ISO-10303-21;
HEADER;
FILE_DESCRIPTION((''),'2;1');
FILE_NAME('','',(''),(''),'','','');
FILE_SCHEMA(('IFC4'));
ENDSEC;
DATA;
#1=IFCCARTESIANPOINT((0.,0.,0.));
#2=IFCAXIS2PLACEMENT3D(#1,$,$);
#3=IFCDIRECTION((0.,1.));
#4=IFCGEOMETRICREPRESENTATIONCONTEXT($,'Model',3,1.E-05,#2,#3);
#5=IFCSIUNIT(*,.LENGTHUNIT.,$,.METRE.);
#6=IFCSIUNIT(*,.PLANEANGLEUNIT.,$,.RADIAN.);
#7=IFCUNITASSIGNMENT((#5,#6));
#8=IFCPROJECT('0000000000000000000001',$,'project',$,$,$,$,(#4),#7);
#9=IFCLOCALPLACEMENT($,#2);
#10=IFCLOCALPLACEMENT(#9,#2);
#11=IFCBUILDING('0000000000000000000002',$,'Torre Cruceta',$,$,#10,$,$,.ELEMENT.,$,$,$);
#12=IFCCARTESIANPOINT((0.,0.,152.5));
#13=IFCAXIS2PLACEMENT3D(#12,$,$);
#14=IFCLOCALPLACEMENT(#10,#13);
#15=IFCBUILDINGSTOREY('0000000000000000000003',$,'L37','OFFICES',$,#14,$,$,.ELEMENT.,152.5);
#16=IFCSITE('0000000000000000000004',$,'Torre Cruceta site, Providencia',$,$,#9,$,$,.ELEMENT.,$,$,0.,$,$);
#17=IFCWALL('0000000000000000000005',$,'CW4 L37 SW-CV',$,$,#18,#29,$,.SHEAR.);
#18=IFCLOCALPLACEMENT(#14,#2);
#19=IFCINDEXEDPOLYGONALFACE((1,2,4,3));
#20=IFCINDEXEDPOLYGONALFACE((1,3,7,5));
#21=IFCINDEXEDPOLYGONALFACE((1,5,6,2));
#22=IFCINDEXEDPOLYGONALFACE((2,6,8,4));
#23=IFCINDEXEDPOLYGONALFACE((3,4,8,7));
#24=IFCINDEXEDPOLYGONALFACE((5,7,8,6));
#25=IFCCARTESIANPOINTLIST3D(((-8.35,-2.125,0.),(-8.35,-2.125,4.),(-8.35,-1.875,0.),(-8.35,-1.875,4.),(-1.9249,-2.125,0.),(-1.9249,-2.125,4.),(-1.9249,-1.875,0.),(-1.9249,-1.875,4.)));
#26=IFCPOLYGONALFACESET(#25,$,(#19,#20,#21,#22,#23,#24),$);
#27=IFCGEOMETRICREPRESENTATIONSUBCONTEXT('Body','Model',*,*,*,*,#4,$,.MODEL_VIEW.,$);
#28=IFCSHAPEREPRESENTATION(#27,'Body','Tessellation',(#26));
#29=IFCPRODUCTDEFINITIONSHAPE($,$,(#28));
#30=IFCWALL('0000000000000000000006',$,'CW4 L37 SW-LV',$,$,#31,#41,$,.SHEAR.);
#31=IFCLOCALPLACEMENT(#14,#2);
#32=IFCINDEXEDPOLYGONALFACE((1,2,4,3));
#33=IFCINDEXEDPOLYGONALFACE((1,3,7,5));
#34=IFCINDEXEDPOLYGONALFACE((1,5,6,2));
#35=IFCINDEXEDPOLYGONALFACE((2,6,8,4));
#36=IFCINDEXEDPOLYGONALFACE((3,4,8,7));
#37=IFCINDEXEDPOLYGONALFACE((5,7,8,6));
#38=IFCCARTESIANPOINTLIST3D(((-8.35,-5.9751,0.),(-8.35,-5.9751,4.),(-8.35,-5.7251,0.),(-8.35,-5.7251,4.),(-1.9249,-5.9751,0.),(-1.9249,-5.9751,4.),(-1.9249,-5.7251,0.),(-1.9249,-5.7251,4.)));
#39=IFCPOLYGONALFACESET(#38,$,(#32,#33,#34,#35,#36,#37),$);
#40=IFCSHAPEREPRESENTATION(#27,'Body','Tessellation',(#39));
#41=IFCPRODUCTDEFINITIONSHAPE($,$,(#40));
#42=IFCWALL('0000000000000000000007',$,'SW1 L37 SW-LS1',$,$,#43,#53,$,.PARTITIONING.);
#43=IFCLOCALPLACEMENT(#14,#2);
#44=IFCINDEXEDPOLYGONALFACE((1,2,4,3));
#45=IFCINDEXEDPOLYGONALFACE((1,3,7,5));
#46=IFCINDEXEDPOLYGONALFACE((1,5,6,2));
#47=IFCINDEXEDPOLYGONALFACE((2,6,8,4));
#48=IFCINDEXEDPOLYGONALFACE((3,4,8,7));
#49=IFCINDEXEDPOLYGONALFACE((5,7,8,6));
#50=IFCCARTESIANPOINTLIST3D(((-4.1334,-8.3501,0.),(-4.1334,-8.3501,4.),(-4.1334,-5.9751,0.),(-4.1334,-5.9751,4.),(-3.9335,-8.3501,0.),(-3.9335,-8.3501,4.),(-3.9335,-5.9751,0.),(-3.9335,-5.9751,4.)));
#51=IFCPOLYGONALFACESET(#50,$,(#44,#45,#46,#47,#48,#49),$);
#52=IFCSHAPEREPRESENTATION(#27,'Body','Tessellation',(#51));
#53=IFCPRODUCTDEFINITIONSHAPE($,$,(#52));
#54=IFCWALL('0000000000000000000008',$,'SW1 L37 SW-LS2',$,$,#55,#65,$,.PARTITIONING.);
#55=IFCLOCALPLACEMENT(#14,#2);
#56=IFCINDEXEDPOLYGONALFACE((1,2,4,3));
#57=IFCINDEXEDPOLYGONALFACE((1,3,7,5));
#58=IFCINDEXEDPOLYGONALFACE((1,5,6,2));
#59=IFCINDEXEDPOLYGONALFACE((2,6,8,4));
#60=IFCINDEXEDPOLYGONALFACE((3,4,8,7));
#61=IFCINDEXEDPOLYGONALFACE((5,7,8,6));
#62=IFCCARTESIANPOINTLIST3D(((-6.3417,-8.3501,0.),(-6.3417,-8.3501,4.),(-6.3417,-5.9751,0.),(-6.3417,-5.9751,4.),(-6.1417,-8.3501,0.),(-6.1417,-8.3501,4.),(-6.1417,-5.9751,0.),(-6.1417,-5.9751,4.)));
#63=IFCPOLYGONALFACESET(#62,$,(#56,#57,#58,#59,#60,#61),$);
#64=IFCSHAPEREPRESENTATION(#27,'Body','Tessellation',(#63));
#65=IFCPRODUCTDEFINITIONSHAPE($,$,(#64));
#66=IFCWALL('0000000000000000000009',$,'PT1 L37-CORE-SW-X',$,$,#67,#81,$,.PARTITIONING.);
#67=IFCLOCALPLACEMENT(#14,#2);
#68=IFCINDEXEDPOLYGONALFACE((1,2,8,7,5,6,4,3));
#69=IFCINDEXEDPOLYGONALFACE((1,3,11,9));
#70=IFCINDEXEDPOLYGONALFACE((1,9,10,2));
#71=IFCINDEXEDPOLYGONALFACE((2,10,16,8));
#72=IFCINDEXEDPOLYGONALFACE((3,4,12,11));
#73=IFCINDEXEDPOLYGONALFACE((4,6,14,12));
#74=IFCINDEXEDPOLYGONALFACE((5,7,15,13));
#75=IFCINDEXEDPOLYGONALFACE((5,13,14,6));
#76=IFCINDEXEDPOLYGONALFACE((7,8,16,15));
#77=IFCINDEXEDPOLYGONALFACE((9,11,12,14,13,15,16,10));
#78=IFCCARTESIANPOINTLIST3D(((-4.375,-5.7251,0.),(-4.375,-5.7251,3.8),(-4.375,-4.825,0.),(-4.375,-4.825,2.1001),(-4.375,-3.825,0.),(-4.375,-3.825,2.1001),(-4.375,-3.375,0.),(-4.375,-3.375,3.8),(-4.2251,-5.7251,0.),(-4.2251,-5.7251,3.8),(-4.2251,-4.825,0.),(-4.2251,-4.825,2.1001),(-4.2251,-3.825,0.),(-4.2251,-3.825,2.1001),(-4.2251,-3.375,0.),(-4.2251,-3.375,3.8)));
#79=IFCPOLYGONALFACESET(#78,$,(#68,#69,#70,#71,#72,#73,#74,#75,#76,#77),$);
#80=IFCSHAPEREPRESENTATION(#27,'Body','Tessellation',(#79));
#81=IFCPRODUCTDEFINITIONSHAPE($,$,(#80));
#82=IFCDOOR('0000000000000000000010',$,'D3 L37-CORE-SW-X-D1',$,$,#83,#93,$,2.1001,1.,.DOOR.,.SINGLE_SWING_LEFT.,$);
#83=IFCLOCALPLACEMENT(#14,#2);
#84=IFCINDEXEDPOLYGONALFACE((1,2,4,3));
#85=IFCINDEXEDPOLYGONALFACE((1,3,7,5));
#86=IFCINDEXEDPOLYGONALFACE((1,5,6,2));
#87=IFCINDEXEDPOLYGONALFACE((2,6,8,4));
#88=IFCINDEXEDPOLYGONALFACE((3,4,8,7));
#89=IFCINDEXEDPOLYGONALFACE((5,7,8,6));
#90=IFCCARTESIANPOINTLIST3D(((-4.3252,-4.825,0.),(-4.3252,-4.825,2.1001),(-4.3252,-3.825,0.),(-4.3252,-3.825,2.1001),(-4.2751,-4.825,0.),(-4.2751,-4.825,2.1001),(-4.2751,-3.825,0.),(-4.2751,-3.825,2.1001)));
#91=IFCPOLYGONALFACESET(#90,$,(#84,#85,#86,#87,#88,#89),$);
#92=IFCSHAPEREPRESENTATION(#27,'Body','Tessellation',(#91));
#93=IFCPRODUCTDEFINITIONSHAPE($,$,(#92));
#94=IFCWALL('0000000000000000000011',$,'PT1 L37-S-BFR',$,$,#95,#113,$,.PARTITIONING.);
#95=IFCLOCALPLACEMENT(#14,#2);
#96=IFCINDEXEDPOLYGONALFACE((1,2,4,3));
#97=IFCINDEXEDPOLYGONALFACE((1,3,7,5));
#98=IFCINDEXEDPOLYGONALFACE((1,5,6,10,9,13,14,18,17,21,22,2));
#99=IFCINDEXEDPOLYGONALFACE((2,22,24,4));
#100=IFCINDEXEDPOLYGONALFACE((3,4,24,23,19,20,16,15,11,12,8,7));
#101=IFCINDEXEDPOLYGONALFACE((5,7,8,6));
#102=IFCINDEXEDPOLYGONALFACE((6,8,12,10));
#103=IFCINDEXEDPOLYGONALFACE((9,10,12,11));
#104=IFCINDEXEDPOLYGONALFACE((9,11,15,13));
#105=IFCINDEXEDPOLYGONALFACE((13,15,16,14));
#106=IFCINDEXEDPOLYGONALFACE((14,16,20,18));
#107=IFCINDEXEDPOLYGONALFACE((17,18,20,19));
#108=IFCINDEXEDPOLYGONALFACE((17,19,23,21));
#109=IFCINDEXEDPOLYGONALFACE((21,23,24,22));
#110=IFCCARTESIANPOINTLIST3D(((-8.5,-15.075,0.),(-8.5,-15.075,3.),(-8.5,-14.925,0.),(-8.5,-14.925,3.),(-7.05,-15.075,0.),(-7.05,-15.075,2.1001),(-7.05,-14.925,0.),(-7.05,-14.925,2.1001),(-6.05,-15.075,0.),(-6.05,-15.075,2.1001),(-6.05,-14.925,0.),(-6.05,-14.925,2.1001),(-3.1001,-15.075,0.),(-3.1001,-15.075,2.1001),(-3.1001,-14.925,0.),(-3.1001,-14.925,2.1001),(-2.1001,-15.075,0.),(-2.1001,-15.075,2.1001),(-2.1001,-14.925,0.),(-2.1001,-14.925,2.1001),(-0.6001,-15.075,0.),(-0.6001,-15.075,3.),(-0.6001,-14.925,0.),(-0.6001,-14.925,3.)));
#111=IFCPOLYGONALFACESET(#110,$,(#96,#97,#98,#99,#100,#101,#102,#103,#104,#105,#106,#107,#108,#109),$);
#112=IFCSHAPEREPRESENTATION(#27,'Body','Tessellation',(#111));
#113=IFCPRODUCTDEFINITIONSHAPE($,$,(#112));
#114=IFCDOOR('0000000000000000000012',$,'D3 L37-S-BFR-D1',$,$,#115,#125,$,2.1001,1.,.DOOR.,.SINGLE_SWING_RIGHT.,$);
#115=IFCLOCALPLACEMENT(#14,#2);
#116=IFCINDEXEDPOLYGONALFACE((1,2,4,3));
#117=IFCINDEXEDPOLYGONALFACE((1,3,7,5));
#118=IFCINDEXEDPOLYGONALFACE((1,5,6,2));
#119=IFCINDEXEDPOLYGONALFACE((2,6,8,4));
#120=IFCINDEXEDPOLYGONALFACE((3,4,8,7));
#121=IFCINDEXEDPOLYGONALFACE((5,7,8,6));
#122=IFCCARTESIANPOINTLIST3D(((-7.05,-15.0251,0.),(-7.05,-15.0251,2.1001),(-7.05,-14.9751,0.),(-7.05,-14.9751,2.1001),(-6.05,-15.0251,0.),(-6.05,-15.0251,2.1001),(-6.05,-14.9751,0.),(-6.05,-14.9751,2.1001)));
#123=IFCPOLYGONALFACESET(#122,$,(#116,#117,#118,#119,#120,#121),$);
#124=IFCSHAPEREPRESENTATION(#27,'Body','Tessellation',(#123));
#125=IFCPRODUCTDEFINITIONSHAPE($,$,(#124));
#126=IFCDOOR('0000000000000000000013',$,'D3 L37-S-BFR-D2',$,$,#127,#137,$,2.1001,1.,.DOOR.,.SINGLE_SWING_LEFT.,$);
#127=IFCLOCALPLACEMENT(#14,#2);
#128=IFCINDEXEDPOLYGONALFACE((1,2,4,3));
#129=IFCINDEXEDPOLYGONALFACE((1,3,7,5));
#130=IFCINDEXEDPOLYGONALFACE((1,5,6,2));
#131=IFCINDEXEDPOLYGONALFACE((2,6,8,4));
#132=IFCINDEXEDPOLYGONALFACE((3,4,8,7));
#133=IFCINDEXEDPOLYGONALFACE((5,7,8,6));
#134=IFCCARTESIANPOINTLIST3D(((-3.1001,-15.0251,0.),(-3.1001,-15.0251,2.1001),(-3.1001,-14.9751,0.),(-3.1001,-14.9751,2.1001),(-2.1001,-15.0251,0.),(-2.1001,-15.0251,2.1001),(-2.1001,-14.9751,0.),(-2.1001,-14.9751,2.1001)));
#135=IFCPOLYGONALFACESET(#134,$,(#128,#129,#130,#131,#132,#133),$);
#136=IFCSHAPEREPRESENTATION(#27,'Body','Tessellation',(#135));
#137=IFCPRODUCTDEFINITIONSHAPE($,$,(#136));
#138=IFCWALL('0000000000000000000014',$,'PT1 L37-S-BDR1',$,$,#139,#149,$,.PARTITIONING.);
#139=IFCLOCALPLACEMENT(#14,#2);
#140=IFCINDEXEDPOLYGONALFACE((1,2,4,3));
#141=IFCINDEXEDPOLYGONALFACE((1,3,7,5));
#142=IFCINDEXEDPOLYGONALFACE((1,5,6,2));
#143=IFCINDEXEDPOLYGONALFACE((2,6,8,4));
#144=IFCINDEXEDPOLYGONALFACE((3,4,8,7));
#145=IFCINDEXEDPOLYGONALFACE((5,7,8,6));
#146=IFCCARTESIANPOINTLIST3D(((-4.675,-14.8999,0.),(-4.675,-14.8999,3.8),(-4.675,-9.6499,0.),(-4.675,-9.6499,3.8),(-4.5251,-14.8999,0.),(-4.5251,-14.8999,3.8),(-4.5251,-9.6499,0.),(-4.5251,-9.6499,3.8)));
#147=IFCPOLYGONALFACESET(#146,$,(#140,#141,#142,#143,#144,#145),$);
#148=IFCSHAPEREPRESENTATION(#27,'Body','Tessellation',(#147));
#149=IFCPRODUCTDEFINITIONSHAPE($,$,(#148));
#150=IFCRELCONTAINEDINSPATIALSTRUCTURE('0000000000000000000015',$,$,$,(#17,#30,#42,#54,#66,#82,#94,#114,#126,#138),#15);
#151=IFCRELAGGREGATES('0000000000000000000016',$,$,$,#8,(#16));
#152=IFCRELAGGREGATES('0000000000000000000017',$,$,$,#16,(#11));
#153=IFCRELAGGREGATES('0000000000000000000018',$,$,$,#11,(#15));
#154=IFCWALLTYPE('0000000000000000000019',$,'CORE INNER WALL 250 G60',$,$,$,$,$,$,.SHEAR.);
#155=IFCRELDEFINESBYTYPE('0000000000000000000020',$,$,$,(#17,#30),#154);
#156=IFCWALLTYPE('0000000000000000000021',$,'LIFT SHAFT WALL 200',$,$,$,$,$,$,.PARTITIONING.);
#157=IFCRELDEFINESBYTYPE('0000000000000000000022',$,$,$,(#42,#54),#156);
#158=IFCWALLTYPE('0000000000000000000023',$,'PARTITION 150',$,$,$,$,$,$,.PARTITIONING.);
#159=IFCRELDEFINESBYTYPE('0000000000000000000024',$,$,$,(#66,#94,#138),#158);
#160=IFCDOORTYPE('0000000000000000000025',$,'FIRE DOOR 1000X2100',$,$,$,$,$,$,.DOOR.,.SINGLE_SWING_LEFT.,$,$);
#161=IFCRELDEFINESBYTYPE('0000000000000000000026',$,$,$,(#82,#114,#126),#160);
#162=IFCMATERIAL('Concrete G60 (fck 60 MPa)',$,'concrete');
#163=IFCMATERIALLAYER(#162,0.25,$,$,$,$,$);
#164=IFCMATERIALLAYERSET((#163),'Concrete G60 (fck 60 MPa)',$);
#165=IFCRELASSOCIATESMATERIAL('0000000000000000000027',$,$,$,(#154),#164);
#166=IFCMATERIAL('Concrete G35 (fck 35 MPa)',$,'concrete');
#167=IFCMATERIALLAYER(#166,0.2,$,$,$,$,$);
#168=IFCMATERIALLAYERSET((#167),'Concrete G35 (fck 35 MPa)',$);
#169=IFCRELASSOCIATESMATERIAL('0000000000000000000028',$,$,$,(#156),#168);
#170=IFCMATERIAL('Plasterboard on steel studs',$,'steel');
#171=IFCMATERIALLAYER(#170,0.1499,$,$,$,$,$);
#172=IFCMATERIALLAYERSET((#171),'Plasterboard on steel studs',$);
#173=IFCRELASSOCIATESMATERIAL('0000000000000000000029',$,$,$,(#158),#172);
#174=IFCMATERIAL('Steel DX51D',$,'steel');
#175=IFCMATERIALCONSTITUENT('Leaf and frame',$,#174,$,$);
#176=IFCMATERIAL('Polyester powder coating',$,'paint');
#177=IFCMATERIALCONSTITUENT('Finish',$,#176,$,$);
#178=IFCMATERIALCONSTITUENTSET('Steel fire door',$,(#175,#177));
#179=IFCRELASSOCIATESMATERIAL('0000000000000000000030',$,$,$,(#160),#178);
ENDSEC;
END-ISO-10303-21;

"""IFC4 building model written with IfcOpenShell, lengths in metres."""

from ifc_helpers import new_model, si_unit, direction, frame, frame_2d, origin, place, context, subcontext, project, spatial, rectangle, extrude, material, layer, layer_set, constituent, constituent_set, type_object, element, fill, save


model = new_model("IFC4")

# Units and contexts
model_context = context("Model", 3, precision=1e-05, world=origin(), true_north=direction((0.0, 1.0)))
body_context = subcontext(model_context, "Body", "Model", "MODEL_VIEW")
ifc_project = project(units=[si_unit("LENGTHUNIT", "METRE"), si_unit("PLANEANGLEUNIT", "RADIAN")], contexts=[model_context])

# Site, building, storey
site_placement = place(None, origin())
site = spatial("IfcSite", under=ifc_project, at=site_placement, Name="Torre Cruceta site, Providencia", CompositionType="ELEMENT", RefElevation=0.0)
building_placement = place(site_placement, origin())
building = spatial("IfcBuilding", under=site, at=building_placement, Name="Torre Cruceta", CompositionType="ELEMENT")
storey_placement = place(building_placement, frame((0.0, 0.0, 152.5)))
storey = spatial("IfcBuildingStorey", under=building, at=storey_placement, Name="L37", Description="OFFICES", CompositionType="ELEMENT", Elevation=152.5)

# Walls
ifc_material_1 = material(Name="Concrete G60 (fck 60 MPa)", Category="concrete")
ifc_layer_1 = layer(ifc_material_1, 0.25)
ifc_layer_set_1 = layer_set([ifc_layer_1], Name="Concrete G60 (fck 60 MPa)")
wall_type_1 = type_object("IfcWallType", Name="CORE INNER WALL 250 G60", PredefinedType="SHEAR", material=ifc_layer_set_1)
for number, where, z_axis, x_axis, name in (
    (1, (-1.925, -2.0, 0.0), (0.0, 0.0, 1.0), (-1.0, 0.0, 0.0), "CW4 L37 SW-CV"),
    (2, (-1.925, -5.8501, 0.0), (0.0, 0.0, 1.0), (-1.0, 0.0, 0.0), "CW4 L37 SW-LV"),
):
    element("IfcWall", number, at=place(storey_placement, frame(where, z_axis=z_axis, x_axis=x_axis)), inside=storey, type_object=wall_type_1, Name=name, PredefinedType="SHEAR", context=body_context, shape_type="SweptSolid", body=[
        extrude(rectangle(XDim=6.425, YDim=0.25, at=frame_2d((3.2124, 0.0))), origin(), (0.0, 0.0, 1.0), 4.0),
    ])

# Walls
ifc_material_2 = material(Name="Concrete G35 (fck 35 MPa)", Category="concrete")
ifc_layer_2 = layer(ifc_material_2, 0.2)
ifc_layer_set_2 = layer_set([ifc_layer_2], Name="Concrete G35 (fck 35 MPa)")
wall_type_2 = type_object("IfcWallType", Name="LIFT SHAFT WALL 200", PredefinedType="PARTITIONING", material=ifc_layer_set_2)
for number, where, z_axis, x_axis, name in (
    (3, (-4.0334, -5.9751, 0.0), (0.0, 0.0, 1.0), (0.0, -1.0, 0.0), "SW1 L37 SW-LS1"),
    (4, (-6.2417, -5.9751, 0.0), (0.0, 0.0, 1.0), (0.0, -1.0, 0.0), "SW1 L37 SW-LS2"),
):
    element("IfcWall", number, at=place(storey_placement, frame(where, z_axis=z_axis, x_axis=x_axis)), inside=storey, type_object=wall_type_2, Name=name, PredefinedType="PARTITIONING", context=body_context, shape_type="SweptSolid", body=[
        extrude(rectangle(XDim=2.375, YDim=0.2, at=frame_2d((1.1875, 0.0))), origin(), (0.0, 0.0, 1.0), 4.0),
    ])

# Wall, opening, door
ifc_material_3 = material(Name="Plasterboard on steel studs", Category="steel")
ifc_layer_3 = layer(ifc_material_3, 0.1499)
ifc_layer_set_3 = layer_set([ifc_layer_3], Name="Plasterboard on steel studs")
wall_type_3 = type_object("IfcWallType", Name="PARTITION 150", PredefinedType="PARTITIONING", material=ifc_layer_set_3)
wall_1_placement = place(storey_placement, frame((-4.3, -3.375, 0.0), z_axis=(0.0, 0.0, 1.0), x_axis=(0.0, -1.0, 0.0)))
wall_1 = element("IfcWall", 5, at=wall_1_placement, inside=storey, type_object=wall_type_3, Name="PT1 L37-CORE-SW-X", PredefinedType="PARTITIONING", context=body_context, shape_type="SweptSolid", body=[
    extrude(rectangle(XDim=2.3501, YDim=0.1499, at=frame_2d((1.175, 0.0))), origin(), (0.0, 0.0, 1.0), 3.8),
])
opening_1_placement = place(wall_1_placement, frame((0.45, 0.0, 0.0)))
opening_1 = element("IfcOpeningElement", 6, at=opening_1_placement, cuts=wall_1, PredefinedType="OPENING", context=body_context, shape_type="SweptSolid", body=[
    extrude(rectangle(XDim=1.0, YDim=2.1001, at=frame_2d((0.5, 1.05))), frame((0.0, 0.085, 0.0), z_axis=(0.0, -1.0, 0.0), x_axis=(1.0, 0.0, 0.0)), (0.0, 0.0, 1.0), 0.1699),
])
ifc_material_4 = material(Name="Steel DX51D", Category="steel")
ifc_constituent_1 = constituent(ifc_material_4, Name="Leaf and frame")
ifc_material_5 = material(Name="Polyester powder coating", Category="paint")
ifc_constituent_2 = constituent(ifc_material_5, Name="Finish")
ifc_constituent_set_1 = constituent_set(constituents=[ifc_constituent_1, ifc_constituent_2], Name="Steel fire door")
door_type_1 = type_object("IfcDoorType", Name="FIRE DOOR 1000X2100", OperationType="SINGLE_SWING_LEFT", PredefinedType="DOOR", material=ifc_constituent_set_1)
door_1_placement = place(opening_1_placement, origin())
door_1 = element("IfcDoor", 7, at=door_1_placement, inside=storey, type_object=door_type_1, Name="D3 L37-CORE-SW-X-D1", OperationType="SINGLE_SWING_LEFT", OverallHeight=2.1001, OverallWidth=1.0, PredefinedType="DOOR", context=body_context, shape_type="SweptSolid", body=[
    extrude(rectangle(XDim=1.0, YDim=2.1001, at=frame_2d((0.5, 1.05))), frame((0.0, 0.0249, 0.0), z_axis=(0.0, -1.0, 0.0), x_axis=(1.0, 0.0, 0.0)), (0.0, 0.0, 1.0), 0.05),
])
fill(opening_1, door_1)

# Wall, openings, doors
wall_2_placement = place(storey_placement, frame((-8.5, -15.0, 0.0), z_axis=(0.0, 0.0, 1.0), x_axis=(1.0, 0.0, 0.0)))
wall_2 = element("IfcWall", 8, at=wall_2_placement, inside=storey, type_object=wall_type_3, Name="PT1 L37-S-BFR", PredefinedType="PARTITIONING", context=body_context, shape_type="SweptSolid", body=[
    extrude(rectangle(XDim=7.8999, YDim=0.1499, at=frame_2d((3.95, 0.0))), origin(), (0.0, 0.0, 1.0), 3.0),
])
opening_2_placement = place(wall_2_placement, frame((1.45, 0.0, 0.0)))
opening_2 = element("IfcOpeningElement", 9, at=opening_2_placement, cuts=wall_2, PredefinedType="OPENING", context=body_context, shape_type="SweptSolid", body=[
    extrude(rectangle(XDim=1.0, YDim=2.1001, at=frame_2d((0.5, 1.05))), frame((0.0, 0.085, 0.0), z_axis=(0.0, -1.0, 0.0), x_axis=(1.0, 0.0, 0.0)), (0.0, 0.0, 1.0), 0.1699),
])
opening_3_placement = place(wall_2_placement, frame((5.3999, 0.0, 0.0)))
opening_3 = element("IfcOpeningElement", 10, at=opening_3_placement, cuts=wall_2, PredefinedType="OPENING", context=body_context, shape_type="SweptSolid", body=[
    extrude(rectangle(XDim=1.0, YDim=2.1001, at=frame_2d((0.5, 1.05))), frame((0.0, 0.085, 0.0), z_axis=(0.0, -1.0, 0.0), x_axis=(1.0, 0.0, 0.0)), (0.0, 0.0, 1.0), 0.1699),
])
door_2_placement = place(opening_2_placement, origin())
door_2 = element("IfcDoor", 11, at=door_2_placement, inside=storey, type_object=door_type_1, Name="D3 L37-S-BFR-D1", OperationType="SINGLE_SWING_RIGHT", OverallHeight=2.1001, OverallWidth=1.0, PredefinedType="DOOR", context=body_context, shape_type="SweptSolid", body=[
    extrude(rectangle(XDim=1.0, YDim=2.1001, at=frame_2d((0.5, 1.05))), frame((0.0, 0.0249, 0.0), z_axis=(0.0, -1.0, 0.0), x_axis=(1.0, 0.0, 0.0)), (0.0, 0.0, 1.0), 0.05),
])
fill(opening_2, door_2)
door_3_placement = place(opening_3_placement, origin())
door_3 = element("IfcDoor", 12, at=door_3_placement, inside=storey, type_object=door_type_1, Name="D3 L37-S-BFR-D2", OperationType="SINGLE_SWING_LEFT", OverallHeight=2.1001, OverallWidth=1.0, PredefinedType="DOOR", context=body_context, shape_type="SweptSolid", body=[
    extrude(rectangle(XDim=1.0, YDim=2.1001, at=frame_2d((0.5, 1.05))), frame((0.0, 0.0249, 0.0), z_axis=(0.0, -1.0, 0.0), x_axis=(1.0, 0.0, 0.0)), (0.0, 0.0, 1.0), 0.05),
])
fill(opening_3, door_3)

# Wall
wall_3_placement = place(storey_placement, frame((-4.6001, -9.6499, 0.0), z_axis=(0.0, 0.0, 1.0), x_axis=(0.0, -1.0, 0.0)))
element("IfcWall", 13, at=wall_3_placement, inside=storey, type_object=wall_type_3, Name="PT1 L37-S-BDR1", PredefinedType="PARTITIONING", context=body_context, shape_type="SweptSolid", body=[
    extrude(rectangle(XDim=5.25, YDim=0.1499, at=frame_2d((2.625, 0.0))), origin(), (0.0, 0.0, 1.0), 3.8),
])

save(model, "model.ifc")
